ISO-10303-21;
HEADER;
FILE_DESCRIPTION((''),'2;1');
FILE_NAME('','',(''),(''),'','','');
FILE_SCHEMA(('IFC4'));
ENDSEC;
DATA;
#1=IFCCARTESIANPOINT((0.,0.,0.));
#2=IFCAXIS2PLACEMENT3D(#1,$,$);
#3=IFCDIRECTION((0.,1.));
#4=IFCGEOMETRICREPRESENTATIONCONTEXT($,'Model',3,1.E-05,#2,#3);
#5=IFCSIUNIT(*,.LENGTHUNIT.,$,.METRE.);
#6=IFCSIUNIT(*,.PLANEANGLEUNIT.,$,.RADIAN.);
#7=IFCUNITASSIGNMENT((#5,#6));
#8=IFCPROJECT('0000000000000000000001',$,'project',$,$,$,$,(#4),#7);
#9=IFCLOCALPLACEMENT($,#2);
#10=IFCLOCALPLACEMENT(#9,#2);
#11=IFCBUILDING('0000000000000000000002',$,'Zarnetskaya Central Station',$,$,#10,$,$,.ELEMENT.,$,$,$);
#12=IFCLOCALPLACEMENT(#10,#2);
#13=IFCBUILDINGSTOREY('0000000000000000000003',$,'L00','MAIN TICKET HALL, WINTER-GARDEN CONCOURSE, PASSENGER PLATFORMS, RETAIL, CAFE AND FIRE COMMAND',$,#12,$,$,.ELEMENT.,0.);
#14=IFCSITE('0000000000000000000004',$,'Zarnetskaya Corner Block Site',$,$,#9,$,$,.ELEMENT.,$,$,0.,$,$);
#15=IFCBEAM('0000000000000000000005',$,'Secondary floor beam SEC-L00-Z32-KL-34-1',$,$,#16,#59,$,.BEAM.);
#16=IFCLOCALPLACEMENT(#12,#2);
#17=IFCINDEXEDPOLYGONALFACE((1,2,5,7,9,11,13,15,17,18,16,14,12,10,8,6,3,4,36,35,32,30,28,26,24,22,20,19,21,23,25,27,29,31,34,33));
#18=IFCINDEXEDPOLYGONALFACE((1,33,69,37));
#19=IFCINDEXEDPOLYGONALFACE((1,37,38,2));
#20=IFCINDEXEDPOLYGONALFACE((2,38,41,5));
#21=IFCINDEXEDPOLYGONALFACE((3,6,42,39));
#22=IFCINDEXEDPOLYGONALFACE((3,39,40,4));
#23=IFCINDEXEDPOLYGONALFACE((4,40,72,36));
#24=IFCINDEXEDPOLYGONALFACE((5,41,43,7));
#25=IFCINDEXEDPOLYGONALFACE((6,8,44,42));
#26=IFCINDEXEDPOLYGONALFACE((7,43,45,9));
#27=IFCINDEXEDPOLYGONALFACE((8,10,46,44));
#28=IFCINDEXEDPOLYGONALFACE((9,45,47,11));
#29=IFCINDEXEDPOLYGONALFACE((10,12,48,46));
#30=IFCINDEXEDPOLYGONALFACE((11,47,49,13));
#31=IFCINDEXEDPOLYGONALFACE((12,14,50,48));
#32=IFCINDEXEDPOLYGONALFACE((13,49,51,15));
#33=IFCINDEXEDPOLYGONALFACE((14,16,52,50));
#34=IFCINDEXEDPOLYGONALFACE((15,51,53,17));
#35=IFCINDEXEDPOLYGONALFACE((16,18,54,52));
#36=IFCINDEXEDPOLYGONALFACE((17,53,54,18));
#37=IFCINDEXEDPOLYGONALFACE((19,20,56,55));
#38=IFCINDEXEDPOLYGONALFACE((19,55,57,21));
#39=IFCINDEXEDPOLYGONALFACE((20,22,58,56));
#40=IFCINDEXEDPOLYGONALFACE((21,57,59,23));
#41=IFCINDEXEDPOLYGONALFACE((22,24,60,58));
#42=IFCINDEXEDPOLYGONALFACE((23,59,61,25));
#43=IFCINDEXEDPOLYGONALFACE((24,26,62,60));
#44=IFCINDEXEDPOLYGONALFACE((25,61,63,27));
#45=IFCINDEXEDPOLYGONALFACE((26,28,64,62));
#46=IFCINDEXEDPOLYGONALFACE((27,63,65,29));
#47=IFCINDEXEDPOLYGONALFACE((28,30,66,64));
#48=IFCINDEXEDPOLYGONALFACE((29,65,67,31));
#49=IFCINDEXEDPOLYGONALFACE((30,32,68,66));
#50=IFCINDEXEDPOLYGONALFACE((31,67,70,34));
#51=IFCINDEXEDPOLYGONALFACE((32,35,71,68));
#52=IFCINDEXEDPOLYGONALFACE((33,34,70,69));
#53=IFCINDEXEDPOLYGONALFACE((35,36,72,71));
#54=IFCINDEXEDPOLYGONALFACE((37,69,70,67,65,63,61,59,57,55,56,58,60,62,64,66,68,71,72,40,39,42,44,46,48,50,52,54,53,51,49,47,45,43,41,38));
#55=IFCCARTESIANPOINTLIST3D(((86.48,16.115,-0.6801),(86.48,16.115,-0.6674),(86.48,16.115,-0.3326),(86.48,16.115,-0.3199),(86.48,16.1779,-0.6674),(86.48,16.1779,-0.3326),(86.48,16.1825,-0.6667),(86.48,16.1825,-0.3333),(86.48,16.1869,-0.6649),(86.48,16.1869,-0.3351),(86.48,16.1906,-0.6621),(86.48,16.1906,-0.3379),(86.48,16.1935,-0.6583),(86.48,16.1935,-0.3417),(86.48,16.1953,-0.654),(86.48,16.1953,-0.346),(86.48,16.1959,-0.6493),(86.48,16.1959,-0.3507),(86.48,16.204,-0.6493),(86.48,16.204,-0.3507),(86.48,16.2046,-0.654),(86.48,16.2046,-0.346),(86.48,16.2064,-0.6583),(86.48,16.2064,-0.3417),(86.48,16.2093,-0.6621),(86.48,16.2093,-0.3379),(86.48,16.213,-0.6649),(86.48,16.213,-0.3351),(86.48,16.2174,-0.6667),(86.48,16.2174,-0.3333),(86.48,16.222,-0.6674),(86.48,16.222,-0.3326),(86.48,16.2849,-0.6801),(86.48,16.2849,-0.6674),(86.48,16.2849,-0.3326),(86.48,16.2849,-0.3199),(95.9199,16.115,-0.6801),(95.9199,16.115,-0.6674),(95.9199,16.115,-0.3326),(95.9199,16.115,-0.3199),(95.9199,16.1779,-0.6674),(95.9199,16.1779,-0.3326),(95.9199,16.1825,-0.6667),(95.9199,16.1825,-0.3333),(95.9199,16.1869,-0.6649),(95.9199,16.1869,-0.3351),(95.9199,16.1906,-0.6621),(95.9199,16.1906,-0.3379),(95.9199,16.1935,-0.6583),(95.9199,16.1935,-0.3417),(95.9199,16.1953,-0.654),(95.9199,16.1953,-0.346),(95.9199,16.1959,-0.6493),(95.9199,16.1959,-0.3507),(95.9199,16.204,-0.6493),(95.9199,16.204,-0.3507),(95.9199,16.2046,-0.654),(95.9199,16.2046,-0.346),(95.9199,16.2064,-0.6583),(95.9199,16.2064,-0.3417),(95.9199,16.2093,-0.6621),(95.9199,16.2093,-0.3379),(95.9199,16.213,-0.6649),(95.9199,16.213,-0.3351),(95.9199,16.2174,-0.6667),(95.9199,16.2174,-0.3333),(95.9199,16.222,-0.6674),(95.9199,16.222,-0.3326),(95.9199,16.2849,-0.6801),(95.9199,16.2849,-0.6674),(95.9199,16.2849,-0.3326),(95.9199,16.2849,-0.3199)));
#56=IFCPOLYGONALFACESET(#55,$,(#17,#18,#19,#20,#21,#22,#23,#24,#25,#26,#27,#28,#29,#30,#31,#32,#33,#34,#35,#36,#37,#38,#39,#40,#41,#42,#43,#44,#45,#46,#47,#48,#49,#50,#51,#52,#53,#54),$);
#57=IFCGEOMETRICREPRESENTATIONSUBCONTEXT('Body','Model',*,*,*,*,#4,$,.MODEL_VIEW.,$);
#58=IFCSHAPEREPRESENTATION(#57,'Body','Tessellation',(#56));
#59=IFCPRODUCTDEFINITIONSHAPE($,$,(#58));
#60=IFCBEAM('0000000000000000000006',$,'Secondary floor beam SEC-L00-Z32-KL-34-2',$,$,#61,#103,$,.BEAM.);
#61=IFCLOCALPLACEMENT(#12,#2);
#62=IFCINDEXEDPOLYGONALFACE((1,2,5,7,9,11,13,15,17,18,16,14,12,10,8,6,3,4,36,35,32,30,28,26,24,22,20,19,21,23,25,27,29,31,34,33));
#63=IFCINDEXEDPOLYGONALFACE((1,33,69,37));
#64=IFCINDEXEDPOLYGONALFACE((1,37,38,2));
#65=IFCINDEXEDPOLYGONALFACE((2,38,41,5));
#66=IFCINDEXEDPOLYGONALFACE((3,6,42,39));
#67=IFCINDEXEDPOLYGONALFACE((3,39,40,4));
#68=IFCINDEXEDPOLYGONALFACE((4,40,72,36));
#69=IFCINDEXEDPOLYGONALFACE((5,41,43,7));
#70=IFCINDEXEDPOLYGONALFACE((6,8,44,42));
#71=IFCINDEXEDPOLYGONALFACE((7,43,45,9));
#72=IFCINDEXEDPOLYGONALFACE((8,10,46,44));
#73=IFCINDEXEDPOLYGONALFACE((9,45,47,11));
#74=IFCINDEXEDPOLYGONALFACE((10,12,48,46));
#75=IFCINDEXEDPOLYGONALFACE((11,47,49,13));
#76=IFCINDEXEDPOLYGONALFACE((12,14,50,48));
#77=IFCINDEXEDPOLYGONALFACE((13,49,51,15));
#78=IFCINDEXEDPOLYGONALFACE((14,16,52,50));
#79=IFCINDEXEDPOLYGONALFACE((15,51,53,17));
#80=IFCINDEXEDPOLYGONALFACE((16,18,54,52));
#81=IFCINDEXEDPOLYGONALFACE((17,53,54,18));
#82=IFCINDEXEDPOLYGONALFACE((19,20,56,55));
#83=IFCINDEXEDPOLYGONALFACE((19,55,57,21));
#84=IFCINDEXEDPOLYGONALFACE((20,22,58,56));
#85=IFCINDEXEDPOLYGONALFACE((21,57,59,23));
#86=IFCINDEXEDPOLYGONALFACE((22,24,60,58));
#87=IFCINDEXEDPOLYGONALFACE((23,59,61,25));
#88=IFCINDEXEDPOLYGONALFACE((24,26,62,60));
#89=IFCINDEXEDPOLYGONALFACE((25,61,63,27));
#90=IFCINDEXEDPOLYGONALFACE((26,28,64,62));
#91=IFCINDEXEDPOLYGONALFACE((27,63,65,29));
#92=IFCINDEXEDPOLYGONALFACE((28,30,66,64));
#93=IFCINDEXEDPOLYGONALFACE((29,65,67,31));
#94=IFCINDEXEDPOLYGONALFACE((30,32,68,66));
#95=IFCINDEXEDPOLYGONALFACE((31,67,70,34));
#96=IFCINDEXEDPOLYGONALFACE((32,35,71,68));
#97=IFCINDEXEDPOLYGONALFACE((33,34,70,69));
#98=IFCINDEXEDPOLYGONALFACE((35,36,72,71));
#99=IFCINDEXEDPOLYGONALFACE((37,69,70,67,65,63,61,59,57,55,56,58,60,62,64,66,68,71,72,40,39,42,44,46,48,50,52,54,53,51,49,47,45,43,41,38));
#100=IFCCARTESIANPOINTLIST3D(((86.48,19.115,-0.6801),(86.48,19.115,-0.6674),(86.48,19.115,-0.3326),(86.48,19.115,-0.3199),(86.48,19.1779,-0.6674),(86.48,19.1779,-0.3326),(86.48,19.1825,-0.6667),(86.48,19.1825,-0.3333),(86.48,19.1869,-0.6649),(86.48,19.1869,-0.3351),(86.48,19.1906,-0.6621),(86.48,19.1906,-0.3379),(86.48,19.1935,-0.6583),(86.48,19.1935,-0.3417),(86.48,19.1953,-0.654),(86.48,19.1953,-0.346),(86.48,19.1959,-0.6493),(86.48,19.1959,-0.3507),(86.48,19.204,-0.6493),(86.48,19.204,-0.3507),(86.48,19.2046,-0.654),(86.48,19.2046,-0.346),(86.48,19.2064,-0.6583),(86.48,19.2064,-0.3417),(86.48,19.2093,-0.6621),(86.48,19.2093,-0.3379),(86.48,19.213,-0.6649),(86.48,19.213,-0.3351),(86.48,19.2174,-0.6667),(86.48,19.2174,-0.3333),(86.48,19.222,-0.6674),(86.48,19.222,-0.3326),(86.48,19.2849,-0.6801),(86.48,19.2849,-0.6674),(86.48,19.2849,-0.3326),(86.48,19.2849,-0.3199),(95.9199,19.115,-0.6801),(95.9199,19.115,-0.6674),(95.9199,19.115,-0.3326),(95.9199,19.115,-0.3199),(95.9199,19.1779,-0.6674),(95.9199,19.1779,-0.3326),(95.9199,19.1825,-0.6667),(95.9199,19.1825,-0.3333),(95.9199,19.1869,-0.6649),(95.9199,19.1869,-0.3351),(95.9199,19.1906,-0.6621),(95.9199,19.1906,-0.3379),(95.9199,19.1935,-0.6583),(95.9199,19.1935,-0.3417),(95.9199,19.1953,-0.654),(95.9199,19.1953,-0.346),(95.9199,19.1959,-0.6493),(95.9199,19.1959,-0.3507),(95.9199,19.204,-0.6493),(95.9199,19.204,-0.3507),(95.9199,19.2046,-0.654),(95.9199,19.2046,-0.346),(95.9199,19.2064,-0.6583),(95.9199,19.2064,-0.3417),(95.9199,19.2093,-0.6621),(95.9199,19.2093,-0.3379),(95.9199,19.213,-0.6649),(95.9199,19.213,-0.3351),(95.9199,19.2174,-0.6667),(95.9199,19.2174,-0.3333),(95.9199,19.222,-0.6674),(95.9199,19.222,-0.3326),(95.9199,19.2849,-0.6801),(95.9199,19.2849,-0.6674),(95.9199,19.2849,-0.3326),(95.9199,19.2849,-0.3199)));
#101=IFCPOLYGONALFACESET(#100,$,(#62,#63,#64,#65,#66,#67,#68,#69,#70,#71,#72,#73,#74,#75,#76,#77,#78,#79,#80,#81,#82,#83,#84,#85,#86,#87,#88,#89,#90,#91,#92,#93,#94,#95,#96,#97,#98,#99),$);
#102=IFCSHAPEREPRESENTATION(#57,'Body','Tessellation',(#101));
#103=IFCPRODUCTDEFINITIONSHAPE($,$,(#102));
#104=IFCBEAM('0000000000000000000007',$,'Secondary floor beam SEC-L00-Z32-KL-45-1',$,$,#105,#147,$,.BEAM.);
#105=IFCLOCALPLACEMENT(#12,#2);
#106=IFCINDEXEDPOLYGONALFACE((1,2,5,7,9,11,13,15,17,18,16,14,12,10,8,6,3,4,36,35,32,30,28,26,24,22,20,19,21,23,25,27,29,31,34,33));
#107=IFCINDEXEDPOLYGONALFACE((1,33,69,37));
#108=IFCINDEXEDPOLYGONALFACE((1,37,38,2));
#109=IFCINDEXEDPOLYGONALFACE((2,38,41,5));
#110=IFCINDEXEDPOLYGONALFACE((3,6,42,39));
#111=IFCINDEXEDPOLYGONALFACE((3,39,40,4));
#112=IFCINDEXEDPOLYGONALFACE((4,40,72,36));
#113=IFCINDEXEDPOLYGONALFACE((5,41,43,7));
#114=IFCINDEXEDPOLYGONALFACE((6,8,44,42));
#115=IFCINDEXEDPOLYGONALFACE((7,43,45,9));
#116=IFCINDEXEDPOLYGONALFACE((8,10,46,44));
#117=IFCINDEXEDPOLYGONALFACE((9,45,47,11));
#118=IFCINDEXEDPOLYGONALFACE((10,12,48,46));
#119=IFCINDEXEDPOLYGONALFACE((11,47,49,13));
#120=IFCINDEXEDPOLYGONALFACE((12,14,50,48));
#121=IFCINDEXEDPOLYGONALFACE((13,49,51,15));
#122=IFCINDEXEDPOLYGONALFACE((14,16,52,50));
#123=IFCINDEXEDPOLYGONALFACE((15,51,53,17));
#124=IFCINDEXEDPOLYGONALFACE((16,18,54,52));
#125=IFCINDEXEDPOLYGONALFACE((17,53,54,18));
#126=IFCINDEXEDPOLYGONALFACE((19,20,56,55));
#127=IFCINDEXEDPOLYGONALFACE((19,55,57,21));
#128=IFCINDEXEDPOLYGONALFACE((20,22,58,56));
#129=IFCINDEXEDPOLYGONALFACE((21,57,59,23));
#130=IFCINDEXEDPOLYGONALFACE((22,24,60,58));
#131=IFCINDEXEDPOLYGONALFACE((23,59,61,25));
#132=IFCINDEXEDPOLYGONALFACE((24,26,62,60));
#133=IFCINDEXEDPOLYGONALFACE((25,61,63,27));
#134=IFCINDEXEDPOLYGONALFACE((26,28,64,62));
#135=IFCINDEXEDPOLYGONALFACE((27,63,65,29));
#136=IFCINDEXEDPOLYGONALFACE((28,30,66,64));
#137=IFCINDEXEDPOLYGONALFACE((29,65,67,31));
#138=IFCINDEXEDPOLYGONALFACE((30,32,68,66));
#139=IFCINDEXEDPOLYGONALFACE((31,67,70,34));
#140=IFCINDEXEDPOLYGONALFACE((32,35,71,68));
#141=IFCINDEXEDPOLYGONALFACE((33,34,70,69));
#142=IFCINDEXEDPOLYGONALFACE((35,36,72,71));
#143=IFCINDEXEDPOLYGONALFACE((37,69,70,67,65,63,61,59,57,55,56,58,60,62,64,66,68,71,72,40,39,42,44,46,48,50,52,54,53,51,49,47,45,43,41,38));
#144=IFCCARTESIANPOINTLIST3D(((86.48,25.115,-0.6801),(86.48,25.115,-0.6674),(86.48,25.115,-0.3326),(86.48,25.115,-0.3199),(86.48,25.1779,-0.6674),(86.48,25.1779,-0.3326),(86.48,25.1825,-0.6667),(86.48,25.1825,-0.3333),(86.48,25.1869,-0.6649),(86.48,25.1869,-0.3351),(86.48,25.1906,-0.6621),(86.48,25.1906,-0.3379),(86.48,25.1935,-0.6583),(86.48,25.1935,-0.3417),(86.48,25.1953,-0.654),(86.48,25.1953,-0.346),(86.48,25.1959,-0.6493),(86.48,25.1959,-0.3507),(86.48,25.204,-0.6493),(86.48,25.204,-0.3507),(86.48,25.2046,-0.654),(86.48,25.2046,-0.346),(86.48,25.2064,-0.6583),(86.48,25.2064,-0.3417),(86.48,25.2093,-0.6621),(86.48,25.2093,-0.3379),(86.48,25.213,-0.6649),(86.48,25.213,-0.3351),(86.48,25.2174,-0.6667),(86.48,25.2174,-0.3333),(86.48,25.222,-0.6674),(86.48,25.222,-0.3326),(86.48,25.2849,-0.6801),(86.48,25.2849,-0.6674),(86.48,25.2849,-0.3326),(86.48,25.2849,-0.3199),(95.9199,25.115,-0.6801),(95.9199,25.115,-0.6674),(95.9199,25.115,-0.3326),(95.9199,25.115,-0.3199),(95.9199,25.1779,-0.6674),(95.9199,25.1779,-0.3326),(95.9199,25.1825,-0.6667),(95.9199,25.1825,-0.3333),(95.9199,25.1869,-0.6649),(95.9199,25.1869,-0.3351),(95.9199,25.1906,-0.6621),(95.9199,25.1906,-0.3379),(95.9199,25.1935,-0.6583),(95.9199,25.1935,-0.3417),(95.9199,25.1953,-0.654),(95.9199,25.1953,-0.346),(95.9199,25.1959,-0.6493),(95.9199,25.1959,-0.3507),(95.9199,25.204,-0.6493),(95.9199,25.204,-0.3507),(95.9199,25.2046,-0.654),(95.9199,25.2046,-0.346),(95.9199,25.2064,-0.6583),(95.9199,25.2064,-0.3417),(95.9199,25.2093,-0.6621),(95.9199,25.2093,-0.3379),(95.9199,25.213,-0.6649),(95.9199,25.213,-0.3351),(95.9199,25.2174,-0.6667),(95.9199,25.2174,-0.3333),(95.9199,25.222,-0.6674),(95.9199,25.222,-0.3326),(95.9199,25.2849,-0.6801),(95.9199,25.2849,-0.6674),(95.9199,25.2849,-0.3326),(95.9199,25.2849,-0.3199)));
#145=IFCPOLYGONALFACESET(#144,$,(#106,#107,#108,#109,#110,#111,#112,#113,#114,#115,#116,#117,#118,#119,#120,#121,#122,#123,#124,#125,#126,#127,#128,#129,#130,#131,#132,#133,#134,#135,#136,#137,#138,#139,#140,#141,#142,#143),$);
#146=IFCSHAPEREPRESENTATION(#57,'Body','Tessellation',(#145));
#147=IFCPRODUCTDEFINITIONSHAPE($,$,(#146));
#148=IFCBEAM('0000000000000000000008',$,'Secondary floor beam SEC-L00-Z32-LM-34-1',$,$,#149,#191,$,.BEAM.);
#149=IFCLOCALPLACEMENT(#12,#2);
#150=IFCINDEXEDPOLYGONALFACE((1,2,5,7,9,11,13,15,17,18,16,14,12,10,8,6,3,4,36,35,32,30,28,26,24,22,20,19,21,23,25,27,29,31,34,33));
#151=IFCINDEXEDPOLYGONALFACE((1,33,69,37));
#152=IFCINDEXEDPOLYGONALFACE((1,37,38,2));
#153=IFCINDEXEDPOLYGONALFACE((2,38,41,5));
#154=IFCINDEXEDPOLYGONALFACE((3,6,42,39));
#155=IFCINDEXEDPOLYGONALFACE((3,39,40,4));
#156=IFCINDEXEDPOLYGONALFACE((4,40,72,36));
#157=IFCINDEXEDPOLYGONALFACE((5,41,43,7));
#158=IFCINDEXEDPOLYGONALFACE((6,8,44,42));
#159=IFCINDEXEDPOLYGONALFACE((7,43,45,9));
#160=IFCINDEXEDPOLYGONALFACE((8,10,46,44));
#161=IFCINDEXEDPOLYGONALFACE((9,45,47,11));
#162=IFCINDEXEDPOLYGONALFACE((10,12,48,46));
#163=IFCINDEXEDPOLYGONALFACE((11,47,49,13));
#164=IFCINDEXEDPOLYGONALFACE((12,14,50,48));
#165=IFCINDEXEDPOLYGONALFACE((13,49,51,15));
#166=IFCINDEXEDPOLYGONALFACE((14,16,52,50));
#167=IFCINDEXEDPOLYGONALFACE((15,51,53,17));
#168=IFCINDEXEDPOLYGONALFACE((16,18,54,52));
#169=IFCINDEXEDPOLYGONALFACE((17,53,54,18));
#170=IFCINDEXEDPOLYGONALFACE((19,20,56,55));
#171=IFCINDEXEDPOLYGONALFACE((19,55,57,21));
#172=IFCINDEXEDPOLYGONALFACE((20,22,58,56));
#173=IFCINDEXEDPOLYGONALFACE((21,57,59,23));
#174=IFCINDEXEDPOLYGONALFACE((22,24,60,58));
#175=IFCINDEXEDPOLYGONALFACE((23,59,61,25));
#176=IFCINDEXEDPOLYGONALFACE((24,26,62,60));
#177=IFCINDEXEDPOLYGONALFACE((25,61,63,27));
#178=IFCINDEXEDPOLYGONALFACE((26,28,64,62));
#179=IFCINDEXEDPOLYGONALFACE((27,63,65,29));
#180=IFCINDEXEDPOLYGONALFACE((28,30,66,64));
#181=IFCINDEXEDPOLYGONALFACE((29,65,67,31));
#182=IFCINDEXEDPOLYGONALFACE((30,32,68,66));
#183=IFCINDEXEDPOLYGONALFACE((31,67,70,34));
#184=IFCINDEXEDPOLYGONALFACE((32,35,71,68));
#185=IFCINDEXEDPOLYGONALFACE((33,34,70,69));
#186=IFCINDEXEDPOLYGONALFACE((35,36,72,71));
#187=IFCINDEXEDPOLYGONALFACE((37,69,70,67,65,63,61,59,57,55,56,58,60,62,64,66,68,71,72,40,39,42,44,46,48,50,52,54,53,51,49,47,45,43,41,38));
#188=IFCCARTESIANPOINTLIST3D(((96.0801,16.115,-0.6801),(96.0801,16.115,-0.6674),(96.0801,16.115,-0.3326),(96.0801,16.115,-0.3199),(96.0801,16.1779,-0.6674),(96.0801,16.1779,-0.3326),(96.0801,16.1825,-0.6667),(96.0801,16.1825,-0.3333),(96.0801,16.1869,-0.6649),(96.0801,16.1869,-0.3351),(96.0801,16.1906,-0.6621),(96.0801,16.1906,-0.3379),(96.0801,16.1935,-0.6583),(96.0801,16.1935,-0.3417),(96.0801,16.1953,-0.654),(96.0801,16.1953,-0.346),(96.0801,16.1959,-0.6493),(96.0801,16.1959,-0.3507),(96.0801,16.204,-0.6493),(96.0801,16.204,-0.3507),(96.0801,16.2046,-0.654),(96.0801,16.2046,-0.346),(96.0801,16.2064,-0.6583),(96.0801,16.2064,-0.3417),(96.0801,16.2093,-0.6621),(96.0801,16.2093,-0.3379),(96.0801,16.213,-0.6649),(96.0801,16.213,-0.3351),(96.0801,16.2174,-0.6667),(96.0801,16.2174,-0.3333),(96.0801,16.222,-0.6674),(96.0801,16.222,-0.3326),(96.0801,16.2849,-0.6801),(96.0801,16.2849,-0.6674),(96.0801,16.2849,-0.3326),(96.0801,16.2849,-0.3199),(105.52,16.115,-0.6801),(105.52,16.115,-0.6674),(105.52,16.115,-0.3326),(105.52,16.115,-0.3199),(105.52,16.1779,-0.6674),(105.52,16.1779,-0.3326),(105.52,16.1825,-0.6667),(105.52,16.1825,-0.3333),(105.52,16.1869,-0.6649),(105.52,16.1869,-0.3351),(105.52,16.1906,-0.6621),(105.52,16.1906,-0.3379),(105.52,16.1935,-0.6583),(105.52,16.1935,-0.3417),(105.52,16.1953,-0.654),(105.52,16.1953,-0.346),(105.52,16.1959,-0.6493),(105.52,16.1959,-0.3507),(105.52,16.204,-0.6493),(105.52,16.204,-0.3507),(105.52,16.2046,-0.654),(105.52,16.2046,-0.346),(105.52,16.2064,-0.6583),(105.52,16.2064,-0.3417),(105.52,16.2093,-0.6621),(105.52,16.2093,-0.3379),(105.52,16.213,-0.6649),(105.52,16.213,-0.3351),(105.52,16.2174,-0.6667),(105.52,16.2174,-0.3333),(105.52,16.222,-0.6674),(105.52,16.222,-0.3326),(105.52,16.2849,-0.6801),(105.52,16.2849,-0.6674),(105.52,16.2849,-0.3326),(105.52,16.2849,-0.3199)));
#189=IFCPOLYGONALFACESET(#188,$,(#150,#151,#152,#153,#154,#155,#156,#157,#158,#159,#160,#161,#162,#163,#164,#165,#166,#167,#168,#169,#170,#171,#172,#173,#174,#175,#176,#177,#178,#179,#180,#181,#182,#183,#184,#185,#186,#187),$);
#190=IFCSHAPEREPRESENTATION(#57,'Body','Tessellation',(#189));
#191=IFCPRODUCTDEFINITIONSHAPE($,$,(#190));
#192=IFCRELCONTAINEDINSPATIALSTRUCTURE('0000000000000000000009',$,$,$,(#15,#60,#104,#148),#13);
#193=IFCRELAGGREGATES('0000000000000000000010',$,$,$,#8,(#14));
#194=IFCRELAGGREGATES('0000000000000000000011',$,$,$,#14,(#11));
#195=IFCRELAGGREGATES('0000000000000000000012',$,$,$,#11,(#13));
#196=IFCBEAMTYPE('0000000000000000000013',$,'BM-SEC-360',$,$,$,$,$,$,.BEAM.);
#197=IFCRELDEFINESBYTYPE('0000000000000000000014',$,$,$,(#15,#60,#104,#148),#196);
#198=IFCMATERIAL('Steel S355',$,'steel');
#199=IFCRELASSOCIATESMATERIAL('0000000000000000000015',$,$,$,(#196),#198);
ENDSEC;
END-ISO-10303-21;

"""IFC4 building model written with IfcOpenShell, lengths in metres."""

from ifc_helpers import new_model, si_unit, direction, frame, origin, origin_2d, place, context, subcontext, project, spatial, i_section, extrude, material, material_profile, profile_set, type_object, element, save


model = new_model("IFC4")

# Units and contexts
model_context = context("Model", 3, precision=1e-05, world=origin(), true_north=direction((0.0, 1.0)))
body_context = subcontext(model_context, "Body", "Model", "MODEL_VIEW")
ifc_project = project(units=[si_unit("LENGTHUNIT", "METRE"), si_unit("PLANEANGLEUNIT", "RADIAN")], contexts=[model_context])

# Site, building, storey
site_placement = place(None, origin())
site = spatial("IfcSite", under=ifc_project, at=site_placement, Name="Zarnetskaya Corner Block Site", CompositionType="ELEMENT", RefElevation=0.0)
building_placement = place(site_placement, origin())
building = spatial("IfcBuilding", under=site, at=building_placement, Name="Zarnetskaya Central Station", CompositionType="ELEMENT")
storey_placement = place(building_placement, origin())
storey = spatial("IfcBuildingStorey", under=building, at=storey_placement, Name="L00", Description="MAIN TICKET HALL, WINTER-GARDEN CONCOURSE, PASSENGER PLATFORMS, RETAIL, CAFE AND FIRE COMMAND", CompositionType="ELEMENT", Elevation=0.0)

# Shared definitions
ifc_material_1 = material(Name="Steel S355", Category="steel")

# Beams
ifc_material_profile_1 = material_profile(ifc_material_1, i_section(OverallWidth=0.1699, OverallDepth=0.3601, WebThickness=0.0081, FlangeThickness=0.0127, FilletRadius=0.0181, at=origin_2d()), Name="IPE 360")
ifc_profile_set_1 = profile_set([ifc_material_profile_1], Name="Steel S355")
beam_type_1 = type_object("IfcBeamType", Name="BM-SEC-360", PredefinedType="BEAM", material=ifc_profile_set_1)
for number, where, z_axis, x_axis, name in (
    (1, (86.48, 16.2, -0.5), (1.0, 0.0, 0.0), (0.0, 1.0, 0.0), "Secondary floor beam SEC-L00-Z32-KL-34-1"),
    (2, (86.48, 19.2, -0.5), (1.0, 0.0, 0.0), (0.0, 1.0, 0.0), "Secondary floor beam SEC-L00-Z32-KL-34-2"),
    (3, (86.48, 25.2, -0.5), (1.0, 0.0, 0.0), (0.0, 1.0, 0.0), "Secondary floor beam SEC-L00-Z32-KL-45-1"),
    (4, (96.0801, 16.2, -0.5), (1.0, 0.0, 0.0), (0.0, 1.0, 0.0), "Secondary floor beam SEC-L00-Z32-LM-34-1"),
):
    element("IfcBeam", number, at=place(storey_placement, frame(where, z_axis=z_axis, x_axis=x_axis)), inside=storey, type_object=beam_type_1, Name=name, PredefinedType="BEAM", context=body_context, shape_type="SweptSolid", body=[
        extrude(i_section(OverallWidth=0.1699, OverallDepth=0.3601, WebThickness=0.0081, FlangeThickness=0.0127, FilletRadius=0.0181, at=origin_2d()), origin(), (0.0, 0.0, 1.0), 9.4399),
    ])

save(model, "model.ifc")
